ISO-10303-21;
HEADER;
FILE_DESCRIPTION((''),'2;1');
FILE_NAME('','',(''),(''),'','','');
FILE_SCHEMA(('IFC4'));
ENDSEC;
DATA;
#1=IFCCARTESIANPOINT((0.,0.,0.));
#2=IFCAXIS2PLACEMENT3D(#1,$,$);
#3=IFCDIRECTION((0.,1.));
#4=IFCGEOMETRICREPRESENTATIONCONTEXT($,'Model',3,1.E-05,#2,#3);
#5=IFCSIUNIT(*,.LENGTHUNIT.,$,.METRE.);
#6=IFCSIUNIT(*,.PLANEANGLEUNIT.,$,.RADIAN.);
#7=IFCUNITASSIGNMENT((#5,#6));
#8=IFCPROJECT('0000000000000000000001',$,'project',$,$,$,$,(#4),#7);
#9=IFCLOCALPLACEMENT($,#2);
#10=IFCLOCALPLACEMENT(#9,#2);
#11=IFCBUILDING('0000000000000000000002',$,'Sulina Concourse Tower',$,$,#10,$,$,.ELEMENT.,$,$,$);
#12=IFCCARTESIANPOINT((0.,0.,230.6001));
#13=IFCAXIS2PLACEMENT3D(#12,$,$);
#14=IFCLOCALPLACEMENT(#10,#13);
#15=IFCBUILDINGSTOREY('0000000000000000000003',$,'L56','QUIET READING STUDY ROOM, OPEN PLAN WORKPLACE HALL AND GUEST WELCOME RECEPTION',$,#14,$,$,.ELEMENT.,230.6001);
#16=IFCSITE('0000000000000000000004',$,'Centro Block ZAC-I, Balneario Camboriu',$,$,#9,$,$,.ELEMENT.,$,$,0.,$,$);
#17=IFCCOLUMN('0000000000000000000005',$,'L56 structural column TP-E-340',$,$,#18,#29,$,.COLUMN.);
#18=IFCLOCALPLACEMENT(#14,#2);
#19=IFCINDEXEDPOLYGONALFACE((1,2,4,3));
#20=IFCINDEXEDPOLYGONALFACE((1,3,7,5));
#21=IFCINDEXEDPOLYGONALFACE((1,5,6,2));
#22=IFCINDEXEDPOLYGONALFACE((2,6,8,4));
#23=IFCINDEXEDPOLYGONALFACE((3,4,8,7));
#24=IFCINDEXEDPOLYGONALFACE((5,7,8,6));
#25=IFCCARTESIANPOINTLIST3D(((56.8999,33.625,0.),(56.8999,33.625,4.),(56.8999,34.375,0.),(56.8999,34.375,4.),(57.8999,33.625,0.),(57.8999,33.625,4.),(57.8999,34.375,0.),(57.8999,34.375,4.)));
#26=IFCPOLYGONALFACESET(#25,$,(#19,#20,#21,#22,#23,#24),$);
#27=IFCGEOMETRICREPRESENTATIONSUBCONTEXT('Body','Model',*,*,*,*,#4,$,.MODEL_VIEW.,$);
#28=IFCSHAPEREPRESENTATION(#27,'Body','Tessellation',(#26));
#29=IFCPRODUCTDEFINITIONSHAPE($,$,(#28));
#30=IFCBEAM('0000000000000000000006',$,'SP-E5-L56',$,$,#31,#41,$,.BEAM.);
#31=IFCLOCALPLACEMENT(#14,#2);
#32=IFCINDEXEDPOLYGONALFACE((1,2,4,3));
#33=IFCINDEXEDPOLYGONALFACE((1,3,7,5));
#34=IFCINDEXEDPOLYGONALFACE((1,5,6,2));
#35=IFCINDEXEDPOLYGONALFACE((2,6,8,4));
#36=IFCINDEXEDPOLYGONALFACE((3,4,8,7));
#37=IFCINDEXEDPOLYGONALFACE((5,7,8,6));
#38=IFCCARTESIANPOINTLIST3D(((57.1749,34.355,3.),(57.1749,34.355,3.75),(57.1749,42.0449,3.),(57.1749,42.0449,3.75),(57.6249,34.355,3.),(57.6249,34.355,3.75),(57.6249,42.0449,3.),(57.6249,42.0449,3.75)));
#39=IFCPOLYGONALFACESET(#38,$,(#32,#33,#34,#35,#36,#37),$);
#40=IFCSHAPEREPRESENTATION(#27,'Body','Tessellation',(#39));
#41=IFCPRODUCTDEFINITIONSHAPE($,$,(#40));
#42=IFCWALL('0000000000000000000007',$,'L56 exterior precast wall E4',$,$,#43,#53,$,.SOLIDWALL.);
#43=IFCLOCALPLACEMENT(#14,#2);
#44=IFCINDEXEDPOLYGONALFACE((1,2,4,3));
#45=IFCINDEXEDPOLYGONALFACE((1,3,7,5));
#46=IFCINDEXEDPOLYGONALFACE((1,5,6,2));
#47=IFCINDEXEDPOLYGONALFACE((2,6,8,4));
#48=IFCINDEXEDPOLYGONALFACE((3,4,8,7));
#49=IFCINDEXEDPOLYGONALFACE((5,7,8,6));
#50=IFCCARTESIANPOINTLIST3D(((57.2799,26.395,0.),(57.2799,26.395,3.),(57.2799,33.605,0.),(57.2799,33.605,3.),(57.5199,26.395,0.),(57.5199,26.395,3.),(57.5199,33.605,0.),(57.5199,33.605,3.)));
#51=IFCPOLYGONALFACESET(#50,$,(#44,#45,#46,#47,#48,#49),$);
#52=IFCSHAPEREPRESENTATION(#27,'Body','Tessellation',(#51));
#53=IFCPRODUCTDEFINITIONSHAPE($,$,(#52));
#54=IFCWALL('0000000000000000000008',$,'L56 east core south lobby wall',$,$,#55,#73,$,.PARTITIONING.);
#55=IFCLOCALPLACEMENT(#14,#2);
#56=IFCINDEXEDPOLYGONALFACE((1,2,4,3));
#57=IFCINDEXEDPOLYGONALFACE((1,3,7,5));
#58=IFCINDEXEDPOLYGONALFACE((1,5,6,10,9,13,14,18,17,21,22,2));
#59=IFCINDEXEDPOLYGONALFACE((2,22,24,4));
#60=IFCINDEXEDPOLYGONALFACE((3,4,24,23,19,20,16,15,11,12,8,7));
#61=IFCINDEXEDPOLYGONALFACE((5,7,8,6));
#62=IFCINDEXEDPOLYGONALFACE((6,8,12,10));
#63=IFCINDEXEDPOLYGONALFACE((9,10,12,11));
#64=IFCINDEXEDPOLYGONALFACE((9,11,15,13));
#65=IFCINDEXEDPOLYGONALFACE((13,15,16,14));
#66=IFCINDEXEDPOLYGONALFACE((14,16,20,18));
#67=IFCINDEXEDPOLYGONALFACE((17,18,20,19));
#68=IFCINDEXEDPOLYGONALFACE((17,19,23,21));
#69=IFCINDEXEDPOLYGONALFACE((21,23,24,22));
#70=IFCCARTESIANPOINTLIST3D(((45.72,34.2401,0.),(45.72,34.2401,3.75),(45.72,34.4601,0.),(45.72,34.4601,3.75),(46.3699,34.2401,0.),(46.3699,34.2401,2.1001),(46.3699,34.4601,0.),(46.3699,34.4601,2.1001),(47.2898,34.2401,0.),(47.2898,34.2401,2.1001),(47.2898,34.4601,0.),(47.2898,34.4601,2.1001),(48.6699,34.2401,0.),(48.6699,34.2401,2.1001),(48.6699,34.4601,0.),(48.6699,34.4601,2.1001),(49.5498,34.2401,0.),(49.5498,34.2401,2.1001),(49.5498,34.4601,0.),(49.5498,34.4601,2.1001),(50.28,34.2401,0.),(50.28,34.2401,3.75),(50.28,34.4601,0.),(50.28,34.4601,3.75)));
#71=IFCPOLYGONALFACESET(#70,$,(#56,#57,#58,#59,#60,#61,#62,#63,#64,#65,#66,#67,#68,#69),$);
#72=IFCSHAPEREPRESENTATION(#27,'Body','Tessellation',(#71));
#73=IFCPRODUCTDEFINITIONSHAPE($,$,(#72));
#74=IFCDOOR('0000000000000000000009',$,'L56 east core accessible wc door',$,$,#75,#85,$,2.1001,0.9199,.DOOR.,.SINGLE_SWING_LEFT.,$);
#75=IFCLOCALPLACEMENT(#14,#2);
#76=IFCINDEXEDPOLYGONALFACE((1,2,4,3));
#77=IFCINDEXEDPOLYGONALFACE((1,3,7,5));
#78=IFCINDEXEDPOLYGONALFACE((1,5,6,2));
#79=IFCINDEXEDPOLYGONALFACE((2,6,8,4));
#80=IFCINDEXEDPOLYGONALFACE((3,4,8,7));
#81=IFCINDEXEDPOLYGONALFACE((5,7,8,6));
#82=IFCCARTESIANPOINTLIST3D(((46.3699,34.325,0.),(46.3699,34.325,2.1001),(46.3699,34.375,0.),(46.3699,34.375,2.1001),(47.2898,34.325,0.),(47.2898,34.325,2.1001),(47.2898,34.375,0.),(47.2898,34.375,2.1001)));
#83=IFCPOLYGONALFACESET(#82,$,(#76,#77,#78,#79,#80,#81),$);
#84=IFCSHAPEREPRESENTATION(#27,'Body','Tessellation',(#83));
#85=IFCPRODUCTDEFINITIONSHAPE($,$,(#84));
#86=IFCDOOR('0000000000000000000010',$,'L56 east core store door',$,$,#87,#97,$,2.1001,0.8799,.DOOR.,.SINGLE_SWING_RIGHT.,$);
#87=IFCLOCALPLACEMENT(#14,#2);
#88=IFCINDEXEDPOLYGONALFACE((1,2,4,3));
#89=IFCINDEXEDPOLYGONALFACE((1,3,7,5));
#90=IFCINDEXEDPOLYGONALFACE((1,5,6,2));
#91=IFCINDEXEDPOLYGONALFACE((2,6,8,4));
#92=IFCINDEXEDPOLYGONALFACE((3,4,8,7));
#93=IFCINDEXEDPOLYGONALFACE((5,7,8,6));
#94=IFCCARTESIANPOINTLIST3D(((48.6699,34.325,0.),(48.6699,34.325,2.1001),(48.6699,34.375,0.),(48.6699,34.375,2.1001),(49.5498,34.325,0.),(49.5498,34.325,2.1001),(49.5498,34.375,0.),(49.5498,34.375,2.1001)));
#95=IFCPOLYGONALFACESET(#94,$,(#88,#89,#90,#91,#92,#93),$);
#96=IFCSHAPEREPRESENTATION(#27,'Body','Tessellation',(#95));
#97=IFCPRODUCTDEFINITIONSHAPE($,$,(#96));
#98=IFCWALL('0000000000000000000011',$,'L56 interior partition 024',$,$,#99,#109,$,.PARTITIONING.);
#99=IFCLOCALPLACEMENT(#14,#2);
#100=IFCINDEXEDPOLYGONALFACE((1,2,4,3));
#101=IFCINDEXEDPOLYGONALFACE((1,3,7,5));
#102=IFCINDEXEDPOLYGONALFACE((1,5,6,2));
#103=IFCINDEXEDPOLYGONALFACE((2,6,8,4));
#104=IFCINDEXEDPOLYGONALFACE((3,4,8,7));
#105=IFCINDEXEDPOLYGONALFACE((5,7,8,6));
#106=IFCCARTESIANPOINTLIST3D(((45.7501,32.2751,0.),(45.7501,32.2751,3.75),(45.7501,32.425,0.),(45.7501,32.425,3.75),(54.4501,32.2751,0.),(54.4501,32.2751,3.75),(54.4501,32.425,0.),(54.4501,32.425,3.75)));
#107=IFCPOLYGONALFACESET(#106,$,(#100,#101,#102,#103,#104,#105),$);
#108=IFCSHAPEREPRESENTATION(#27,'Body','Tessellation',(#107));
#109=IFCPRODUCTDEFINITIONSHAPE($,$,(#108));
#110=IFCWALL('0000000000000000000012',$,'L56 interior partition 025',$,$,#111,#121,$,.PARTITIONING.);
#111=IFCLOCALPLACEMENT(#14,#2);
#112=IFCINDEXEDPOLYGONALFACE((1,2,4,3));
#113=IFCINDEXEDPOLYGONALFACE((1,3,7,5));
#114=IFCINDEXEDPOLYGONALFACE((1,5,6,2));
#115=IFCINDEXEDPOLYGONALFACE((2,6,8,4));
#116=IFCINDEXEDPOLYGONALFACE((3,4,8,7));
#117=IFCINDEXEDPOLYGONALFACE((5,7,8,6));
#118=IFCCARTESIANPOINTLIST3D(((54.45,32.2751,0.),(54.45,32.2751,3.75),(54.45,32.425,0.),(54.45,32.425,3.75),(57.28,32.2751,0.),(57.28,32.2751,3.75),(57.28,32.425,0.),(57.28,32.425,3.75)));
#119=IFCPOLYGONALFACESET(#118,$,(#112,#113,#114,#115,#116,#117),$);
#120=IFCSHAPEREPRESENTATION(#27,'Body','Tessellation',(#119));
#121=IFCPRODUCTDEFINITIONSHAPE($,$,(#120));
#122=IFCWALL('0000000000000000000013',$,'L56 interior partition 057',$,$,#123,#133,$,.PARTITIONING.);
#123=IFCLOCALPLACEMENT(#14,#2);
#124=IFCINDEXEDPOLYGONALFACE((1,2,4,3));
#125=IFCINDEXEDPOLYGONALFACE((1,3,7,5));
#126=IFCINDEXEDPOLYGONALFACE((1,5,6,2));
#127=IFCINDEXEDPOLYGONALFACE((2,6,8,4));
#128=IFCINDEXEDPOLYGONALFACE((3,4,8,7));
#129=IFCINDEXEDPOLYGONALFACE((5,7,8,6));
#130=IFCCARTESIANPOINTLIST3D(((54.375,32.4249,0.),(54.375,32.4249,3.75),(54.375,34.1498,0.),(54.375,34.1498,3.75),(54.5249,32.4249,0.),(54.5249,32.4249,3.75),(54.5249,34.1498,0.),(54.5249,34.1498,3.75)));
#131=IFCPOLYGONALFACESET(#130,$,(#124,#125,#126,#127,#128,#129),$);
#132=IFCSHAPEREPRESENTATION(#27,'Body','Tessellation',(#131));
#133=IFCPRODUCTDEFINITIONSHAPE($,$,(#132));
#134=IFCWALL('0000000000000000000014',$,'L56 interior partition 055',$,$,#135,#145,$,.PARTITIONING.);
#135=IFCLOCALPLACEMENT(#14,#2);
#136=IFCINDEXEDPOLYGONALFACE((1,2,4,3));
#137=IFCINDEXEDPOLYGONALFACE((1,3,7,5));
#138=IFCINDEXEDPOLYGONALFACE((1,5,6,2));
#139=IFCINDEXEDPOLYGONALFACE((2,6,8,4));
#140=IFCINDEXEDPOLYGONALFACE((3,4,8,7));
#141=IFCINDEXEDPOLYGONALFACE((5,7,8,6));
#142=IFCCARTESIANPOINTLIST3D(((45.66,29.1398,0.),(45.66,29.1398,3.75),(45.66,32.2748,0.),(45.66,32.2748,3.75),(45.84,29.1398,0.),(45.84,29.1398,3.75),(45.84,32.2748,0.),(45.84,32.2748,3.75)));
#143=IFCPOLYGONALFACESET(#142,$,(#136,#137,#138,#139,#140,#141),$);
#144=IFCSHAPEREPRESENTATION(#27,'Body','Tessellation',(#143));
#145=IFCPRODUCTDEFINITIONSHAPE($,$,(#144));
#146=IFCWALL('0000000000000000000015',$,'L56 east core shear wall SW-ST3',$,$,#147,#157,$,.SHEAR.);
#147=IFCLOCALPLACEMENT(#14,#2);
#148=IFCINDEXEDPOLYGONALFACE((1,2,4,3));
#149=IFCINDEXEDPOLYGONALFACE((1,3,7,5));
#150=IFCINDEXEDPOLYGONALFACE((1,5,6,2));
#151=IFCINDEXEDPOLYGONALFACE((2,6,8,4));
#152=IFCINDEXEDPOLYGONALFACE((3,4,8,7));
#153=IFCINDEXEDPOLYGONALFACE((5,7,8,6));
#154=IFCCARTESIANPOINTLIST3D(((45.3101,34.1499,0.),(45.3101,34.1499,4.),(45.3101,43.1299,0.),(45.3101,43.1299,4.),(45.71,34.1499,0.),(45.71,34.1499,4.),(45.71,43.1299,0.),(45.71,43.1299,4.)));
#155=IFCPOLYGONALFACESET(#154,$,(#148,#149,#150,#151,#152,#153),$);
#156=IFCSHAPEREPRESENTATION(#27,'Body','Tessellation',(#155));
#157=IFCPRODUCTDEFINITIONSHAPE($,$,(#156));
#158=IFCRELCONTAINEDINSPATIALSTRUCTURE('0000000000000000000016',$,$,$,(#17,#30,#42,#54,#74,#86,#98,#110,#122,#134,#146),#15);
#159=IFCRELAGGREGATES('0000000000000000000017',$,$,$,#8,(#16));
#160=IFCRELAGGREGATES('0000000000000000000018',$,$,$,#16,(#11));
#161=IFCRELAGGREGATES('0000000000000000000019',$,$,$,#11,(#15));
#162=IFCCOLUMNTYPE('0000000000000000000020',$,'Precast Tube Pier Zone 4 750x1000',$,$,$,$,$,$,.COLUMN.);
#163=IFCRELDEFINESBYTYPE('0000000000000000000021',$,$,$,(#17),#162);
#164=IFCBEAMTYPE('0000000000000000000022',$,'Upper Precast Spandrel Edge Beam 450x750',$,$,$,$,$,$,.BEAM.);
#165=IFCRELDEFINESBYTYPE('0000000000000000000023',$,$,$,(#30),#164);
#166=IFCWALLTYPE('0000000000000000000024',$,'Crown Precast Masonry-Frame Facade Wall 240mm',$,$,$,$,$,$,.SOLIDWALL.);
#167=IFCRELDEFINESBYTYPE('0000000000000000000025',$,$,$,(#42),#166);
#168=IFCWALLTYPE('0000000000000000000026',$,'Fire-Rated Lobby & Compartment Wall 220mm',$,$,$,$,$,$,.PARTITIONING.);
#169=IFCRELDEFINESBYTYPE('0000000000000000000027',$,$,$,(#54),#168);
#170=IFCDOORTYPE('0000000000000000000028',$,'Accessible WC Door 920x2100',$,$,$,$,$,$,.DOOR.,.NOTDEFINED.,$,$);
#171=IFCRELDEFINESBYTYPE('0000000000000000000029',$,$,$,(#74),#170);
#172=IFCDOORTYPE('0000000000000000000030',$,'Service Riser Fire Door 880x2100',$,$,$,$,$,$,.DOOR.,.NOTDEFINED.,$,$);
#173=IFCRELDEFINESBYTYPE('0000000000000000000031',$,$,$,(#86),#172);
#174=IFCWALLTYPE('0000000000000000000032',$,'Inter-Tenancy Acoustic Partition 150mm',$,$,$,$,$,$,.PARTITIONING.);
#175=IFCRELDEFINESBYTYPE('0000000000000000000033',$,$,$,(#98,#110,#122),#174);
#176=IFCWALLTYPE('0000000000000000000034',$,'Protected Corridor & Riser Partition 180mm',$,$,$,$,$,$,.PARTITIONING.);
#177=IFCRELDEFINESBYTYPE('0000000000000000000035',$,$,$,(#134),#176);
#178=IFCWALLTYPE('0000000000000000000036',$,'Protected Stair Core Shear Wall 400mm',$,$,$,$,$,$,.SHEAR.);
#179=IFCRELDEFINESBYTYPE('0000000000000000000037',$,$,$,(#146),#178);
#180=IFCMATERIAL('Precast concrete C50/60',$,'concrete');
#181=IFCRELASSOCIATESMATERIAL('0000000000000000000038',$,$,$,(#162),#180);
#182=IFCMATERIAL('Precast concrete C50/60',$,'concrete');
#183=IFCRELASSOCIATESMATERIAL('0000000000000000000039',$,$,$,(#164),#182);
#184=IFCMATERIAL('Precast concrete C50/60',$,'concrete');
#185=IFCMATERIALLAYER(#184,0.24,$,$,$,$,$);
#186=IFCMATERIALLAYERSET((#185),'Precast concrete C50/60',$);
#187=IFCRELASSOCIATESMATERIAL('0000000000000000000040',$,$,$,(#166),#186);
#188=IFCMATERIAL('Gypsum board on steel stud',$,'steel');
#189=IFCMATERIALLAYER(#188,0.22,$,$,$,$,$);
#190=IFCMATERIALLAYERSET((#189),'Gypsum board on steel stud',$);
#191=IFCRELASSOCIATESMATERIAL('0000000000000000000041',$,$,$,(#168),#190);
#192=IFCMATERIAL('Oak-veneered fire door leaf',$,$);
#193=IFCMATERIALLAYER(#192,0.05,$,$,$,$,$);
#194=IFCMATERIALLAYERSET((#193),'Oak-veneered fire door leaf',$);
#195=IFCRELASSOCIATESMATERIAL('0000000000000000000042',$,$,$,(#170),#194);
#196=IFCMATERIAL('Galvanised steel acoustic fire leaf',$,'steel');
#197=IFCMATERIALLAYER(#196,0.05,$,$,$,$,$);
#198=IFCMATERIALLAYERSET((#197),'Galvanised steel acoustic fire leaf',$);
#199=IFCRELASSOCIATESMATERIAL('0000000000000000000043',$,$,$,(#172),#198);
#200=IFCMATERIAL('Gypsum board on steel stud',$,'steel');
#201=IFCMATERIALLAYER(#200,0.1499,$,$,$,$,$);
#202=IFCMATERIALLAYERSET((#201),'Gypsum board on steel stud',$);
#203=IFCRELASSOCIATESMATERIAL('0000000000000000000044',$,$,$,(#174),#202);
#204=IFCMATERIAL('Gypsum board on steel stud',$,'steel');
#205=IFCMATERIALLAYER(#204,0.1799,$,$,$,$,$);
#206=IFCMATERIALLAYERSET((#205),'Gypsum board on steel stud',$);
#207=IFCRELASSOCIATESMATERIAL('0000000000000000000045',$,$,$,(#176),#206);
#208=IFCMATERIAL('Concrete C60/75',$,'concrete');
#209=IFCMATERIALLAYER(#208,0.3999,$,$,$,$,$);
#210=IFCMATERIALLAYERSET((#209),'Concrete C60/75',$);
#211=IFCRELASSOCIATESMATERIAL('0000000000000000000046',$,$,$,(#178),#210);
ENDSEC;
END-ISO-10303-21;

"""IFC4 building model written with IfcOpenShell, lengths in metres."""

from ifc_helpers import new_model, si_unit, direction, frame, frame_2d, origin, origin_2d, place, context, subcontext, project, spatial, rectangle, extrude, material, layer, layer_set, material_profile, profile_set, type_object, element, fill, save


model = new_model("IFC4")

# Units and contexts
model_context = context("Model", 3, precision=1e-05, world=origin(), true_north=direction((0.0, 1.0)))
body_context = subcontext(model_context, "Body", "Model", "MODEL_VIEW")
ifc_project = project(units=[si_unit("LENGTHUNIT", "METRE"), si_unit("PLANEANGLEUNIT", "RADIAN")], contexts=[model_context])

# Site, building, storey
site_placement = place(None, origin())
site = spatial("IfcSite", under=ifc_project, at=site_placement, Name="Centro Block ZAC-I, Balneario Camboriu", CompositionType="ELEMENT", RefElevation=0.0)
building_placement = place(site_placement, origin())
building = spatial("IfcBuilding", under=site, at=building_placement, Name="Sulina Concourse Tower", CompositionType="ELEMENT")
storey_placement = place(building_placement, frame((0.0, 0.0, 230.6001)))
storey = spatial("IfcBuildingStorey", under=building, at=storey_placement, Name="L56", Description="QUIET READING STUDY ROOM, OPEN PLAN WORKPLACE HALL AND GUEST WELCOME RECEPTION", CompositionType="ELEMENT", Elevation=230.6001)

# Column
ifc_material_1 = material(Name="Precast concrete C50/60", Category="concrete")
ifc_material_profile_1 = material_profile(ifc_material_1, rectangle(XDim=0.75, YDim=1.0, at=origin_2d()), Name="PC 750x1000")
ifc_profile_set_1 = profile_set([ifc_material_profile_1], Name="Precast concrete C50/60")
column_type = type_object("IfcColumnType", Name="Precast Tube Pier Zone 4 750x1000", PredefinedType="COLUMN", material=ifc_profile_set_1)
column_placement = place(storey_placement, frame((57.3999, 34.0, 0.0), z_axis=(0.0, 0.0, 1.0), x_axis=(0.0, 1.0, 0.0)))
element("IfcColumn", 1, at=column_placement, inside=storey, type_object=column_type, Name="L56 structural column TP-E-340", PredefinedType="COLUMN", context=body_context, shape_type="SweptSolid", body=[
    extrude(rectangle(XDim=0.75, YDim=1.0, at=origin_2d()), origin(), (0.0, 0.0, 1.0), 4.0),
])

# Beam
ifc_material_2 = material(Name="Precast concrete C50/60", Category="concrete")
ifc_material_profile_2 = material_profile(ifc_material_2, rectangle(XDim=0.45, YDim=0.75, at=origin_2d()), Name="RC 450x750")
ifc_profile_set_2 = profile_set([ifc_material_profile_2], Name="Precast concrete C50/60")
beam_type = type_object("IfcBeamType", Name="Upper Precast Spandrel Edge Beam 450x750", PredefinedType="BEAM", material=ifc_profile_set_2)
beam_placement = place(storey_placement, frame((57.3999, 34.355, 3.375), z_axis=(0.0, 1.0, 0.0), x_axis=(-1.0, 0.0, 0.0)))
element("IfcBeam", 2, at=beam_placement, inside=storey, type_object=beam_type, Name="SP-E5-L56", PredefinedType="BEAM", context=body_context, shape_type="SweptSolid", body=[
    extrude(rectangle(XDim=0.45, YDim=0.75, at=origin_2d()), origin(), (0.0, 0.0, 1.0), 7.6899),
])

# Wall
ifc_material_3 = material(Name="Precast concrete C50/60", Category="concrete")
ifc_layer_1 = layer(ifc_material_3, 0.24)
ifc_layer_set_1 = layer_set([ifc_layer_1], Name="Precast concrete C50/60")
wall_type_1 = type_object("IfcWallType", Name="Crown Precast Masonry-Frame Facade Wall 240mm", PredefinedType="SOLIDWALL", material=ifc_layer_set_1)
wall_1_placement = place(storey_placement, frame((57.3999, 33.605, 0.0), z_axis=(0.0, 0.0, 1.0), x_axis=(0.0, -1.0, 0.0)))
element("IfcWall", 3, at=wall_1_placement, inside=storey, type_object=wall_type_1, Name="L56 exterior precast wall E4", PredefinedType="SOLIDWALL", context=body_context, shape_type="SweptSolid", body=[
    extrude(rectangle(XDim=7.21, YDim=0.24, at=frame_2d((3.605, 0.0))), origin(), (0.0, 0.0, 1.0), 3.0),
])

# Wall, openings, doors
ifc_material_4 = material(Name="Gypsum board on steel stud", Category="steel")
ifc_layer_2 = layer(ifc_material_4, 0.22)
ifc_layer_set_2 = layer_set([ifc_layer_2], Name="Gypsum board on steel stud")
wall_type_2 = type_object("IfcWallType", Name="Fire-Rated Lobby & Compartment Wall 220mm", PredefinedType="PARTITIONING", material=ifc_layer_set_2)
wall_2_placement = place(storey_placement, frame((45.72, 34.3501, 0.0), z_axis=(0.0, 0.0, 1.0), x_axis=(1.0, 0.0, 0.0)))
wall_2 = element("IfcWall", 4, at=wall_2_placement, inside=storey, type_object=wall_type_2, Name="L56 east core south lobby wall", PredefinedType="PARTITIONING", context=body_context, shape_type="SweptSolid", body=[
    extrude(rectangle(XDim=4.5601, YDim=0.22, at=frame_2d((2.28, 0.0))), origin(), (0.0, 0.0, 1.0), 3.75),
])
opening_1_placement = place(wall_2_placement, frame((0.6499, 0.0, 0.0)))
opening_1 = element("IfcOpeningElement", 5, at=opening_1_placement, cuts=wall_2, PredefinedType="OPENING", context=body_context, shape_type="SweptSolid", body=[
    extrude(rectangle(XDim=0.9199, YDim=2.1001, at=frame_2d((0.46, 1.05))), frame((0.0, 0.1199, 0.0), z_axis=(0.0, -1.0, 0.0), x_axis=(1.0, 0.0, 0.0)), (0.0, 0.0, 1.0), 0.24),
])
opening_2_placement = place(wall_2_placement, frame((2.95, 0.0, 0.0)))
opening_2 = element("IfcOpeningElement", 6, at=opening_2_placement, cuts=wall_2, PredefinedType="OPENING", context=body_context, shape_type="SweptSolid", body=[
    extrude(rectangle(XDim=0.8799, YDim=2.1001, at=frame_2d((0.4399, 1.05))), frame((0.0, 0.1199, 0.0), z_axis=(0.0, -1.0, 0.0), x_axis=(1.0, 0.0, 0.0)), (0.0, 0.0, 1.0), 0.24),
])
ifc_material_5 = material(Name="Oak-veneered fire door leaf")
ifc_layer_3 = layer(ifc_material_5, 0.05)
ifc_layer_set_3 = layer_set([ifc_layer_3], Name="Oak-veneered fire door leaf")
door_type_1 = type_object("IfcDoorType", Name="Accessible WC Door 920x2100", OperationType="NOTDEFINED", PredefinedType="DOOR", material=ifc_layer_set_3)
door_1_placement = place(opening_1_placement, origin())
door_1 = element("IfcDoor", 7, at=door_1_placement, inside=storey, type_object=door_type_1, Name="L56 east core accessible wc door", OperationType="SINGLE_SWING_LEFT", OverallHeight=2.1001, OverallWidth=0.9199, PredefinedType="DOOR", context=body_context, shape_type="SweptSolid", body=[
    extrude(rectangle(XDim=0.9199, YDim=2.1001, at=frame_2d((0.46, 1.05))), frame((0.0, 0.0249, 0.0), z_axis=(0.0, -1.0, 0.0), x_axis=(1.0, 0.0, 0.0)), (0.0, 0.0, 1.0), 0.05),
])
fill(opening_1, door_1)
ifc_material_6 = material(Name="Galvanised steel acoustic fire leaf", Category="steel")
ifc_layer_4 = layer(ifc_material_6, 0.05)
ifc_layer_set_4 = layer_set([ifc_layer_4], Name="Galvanised steel acoustic fire leaf")
door_type_2 = type_object("IfcDoorType", Name="Service Riser Fire Door 880x2100", OperationType="NOTDEFINED", PredefinedType="DOOR", material=ifc_layer_set_4)
door_2_placement = place(opening_2_placement, origin())
door_2 = element("IfcDoor", 8, at=door_2_placement, inside=storey, type_object=door_type_2, Name="L56 east core store door", OperationType="SINGLE_SWING_RIGHT", OverallHeight=2.1001, OverallWidth=0.8799, PredefinedType="DOOR", context=body_context, shape_type="SweptSolid", body=[
    extrude(rectangle(XDim=0.8799, YDim=2.1001, at=frame_2d((0.4399, 1.05))), frame((0.0, 0.0249, 0.0), z_axis=(0.0, -1.0, 0.0), x_axis=(1.0, 0.0, 0.0)), (0.0, 0.0, 1.0), 0.05),
])
fill(opening_2, door_2)

# Walls
ifc_material_7 = material(Name="Gypsum board on steel stud", Category="steel")
ifc_layer_5 = layer(ifc_material_7, 0.1499)
ifc_layer_set_5 = layer_set([ifc_layer_5], Name="Gypsum board on steel stud")
wall_type_3 = type_object("IfcWallType", Name="Inter-Tenancy Acoustic Partition 150mm", PredefinedType="PARTITIONING", material=ifc_layer_set_5)
wall_3_placement = place(storey_placement, frame((45.75, 32.3501, 0.0), z_axis=(0.0, 0.0, 1.0), x_axis=(1.0, 0.0, 0.0)))
element("IfcWall", 9, at=wall_3_placement, inside=storey, type_object=wall_type_3, Name="L56 interior partition 024", PredefinedType="PARTITIONING", context=body_context, shape_type="SweptSolid", body=[
    extrude(rectangle(XDim=8.7, YDim=0.1499, at=frame_2d((4.3501, 0.0))), origin(), (0.0, 0.0, 1.0), 3.75),
])
wall_4_placement = place(storey_placement, frame((54.45, 32.3501, 0.0), z_axis=(0.0, 0.0, 1.0), x_axis=(1.0, 0.0, 0.0)))
element("IfcWall", 10, at=wall_4_placement, inside=storey, type_object=wall_type_3, Name="L56 interior partition 025", PredefinedType="PARTITIONING", context=body_context, shape_type="SweptSolid", body=[
    extrude(rectangle(XDim=2.8301, YDim=0.1499, at=frame_2d((1.415, 0.0))), origin(), (0.0, 0.0, 1.0), 3.75),
])
wall_5_placement = place(storey_placement, frame((54.45, 32.425, 0.0), z_axis=(0.0, 0.0, 1.0), x_axis=(0.0, 1.0, 0.0)))
element("IfcWall", 11, at=wall_5_placement, inside=storey, type_object=wall_type_3, Name="L56 interior partition 057", PredefinedType="PARTITIONING", context=body_context, shape_type="SweptSolid", body=[
    extrude(rectangle(XDim=1.7249, YDim=0.1499, at=frame_2d((0.8623, 0.0))), origin(), (0.0, 0.0, 1.0), 3.75),
])
ifc_material_8 = material(Name="Gypsum board on steel stud", Category="steel")
ifc_layer_6 = layer(ifc_material_8, 0.1799)
ifc_layer_set_6 = layer_set([ifc_layer_6], Name="Gypsum board on steel stud")
wall_type_4 = type_object("IfcWallType", Name="Protected Corridor & Riser Partition 180mm", PredefinedType="PARTITIONING", material=ifc_layer_set_6)
wall_6_placement = place(storey_placement, frame((45.75, 29.1399, 0.0), z_axis=(0.0, 0.0, 1.0), x_axis=(0.0, 1.0, 0.0)))
element("IfcWall", 12, at=wall_6_placement, inside=storey, type_object=wall_type_4, Name="L56 interior partition 055", PredefinedType="PARTITIONING", context=body_context, shape_type="SweptSolid", body=[
    extrude(rectangle(XDim=3.135, YDim=0.1799, at=frame_2d((1.5674, 0.0))), origin(), (0.0, 0.0, 1.0), 3.75),
])
ifc_material_9 = material(Name="Concrete C60/75", Category="concrete")
ifc_layer_7 = layer(ifc_material_9, 0.3999)
ifc_layer_set_7 = layer_set([ifc_layer_7], Name="Concrete C60/75")
wall_type_5 = type_object("IfcWallType", Name="Protected Stair Core Shear Wall 400mm", PredefinedType="SHEAR", material=ifc_layer_set_7)
wall_7_placement = place(storey_placement, frame((45.51, 34.1499, 0.0), z_axis=(0.0, 0.0, 1.0), x_axis=(0.0, 1.0, 0.0)))
element("IfcWall", 13, at=wall_7_placement, inside=storey, type_object=wall_type_5, Name="L56 east core shear wall SW-ST3", PredefinedType="SHEAR", context=body_context, shape_type="SweptSolid", body=[
    extrude(rectangle(XDim=8.98, YDim=0.3999, at=frame_2d((4.49, 0.0))), origin(), (0.0, 0.0, 1.0), 4.0),
])

save(model, "model.ifc")
